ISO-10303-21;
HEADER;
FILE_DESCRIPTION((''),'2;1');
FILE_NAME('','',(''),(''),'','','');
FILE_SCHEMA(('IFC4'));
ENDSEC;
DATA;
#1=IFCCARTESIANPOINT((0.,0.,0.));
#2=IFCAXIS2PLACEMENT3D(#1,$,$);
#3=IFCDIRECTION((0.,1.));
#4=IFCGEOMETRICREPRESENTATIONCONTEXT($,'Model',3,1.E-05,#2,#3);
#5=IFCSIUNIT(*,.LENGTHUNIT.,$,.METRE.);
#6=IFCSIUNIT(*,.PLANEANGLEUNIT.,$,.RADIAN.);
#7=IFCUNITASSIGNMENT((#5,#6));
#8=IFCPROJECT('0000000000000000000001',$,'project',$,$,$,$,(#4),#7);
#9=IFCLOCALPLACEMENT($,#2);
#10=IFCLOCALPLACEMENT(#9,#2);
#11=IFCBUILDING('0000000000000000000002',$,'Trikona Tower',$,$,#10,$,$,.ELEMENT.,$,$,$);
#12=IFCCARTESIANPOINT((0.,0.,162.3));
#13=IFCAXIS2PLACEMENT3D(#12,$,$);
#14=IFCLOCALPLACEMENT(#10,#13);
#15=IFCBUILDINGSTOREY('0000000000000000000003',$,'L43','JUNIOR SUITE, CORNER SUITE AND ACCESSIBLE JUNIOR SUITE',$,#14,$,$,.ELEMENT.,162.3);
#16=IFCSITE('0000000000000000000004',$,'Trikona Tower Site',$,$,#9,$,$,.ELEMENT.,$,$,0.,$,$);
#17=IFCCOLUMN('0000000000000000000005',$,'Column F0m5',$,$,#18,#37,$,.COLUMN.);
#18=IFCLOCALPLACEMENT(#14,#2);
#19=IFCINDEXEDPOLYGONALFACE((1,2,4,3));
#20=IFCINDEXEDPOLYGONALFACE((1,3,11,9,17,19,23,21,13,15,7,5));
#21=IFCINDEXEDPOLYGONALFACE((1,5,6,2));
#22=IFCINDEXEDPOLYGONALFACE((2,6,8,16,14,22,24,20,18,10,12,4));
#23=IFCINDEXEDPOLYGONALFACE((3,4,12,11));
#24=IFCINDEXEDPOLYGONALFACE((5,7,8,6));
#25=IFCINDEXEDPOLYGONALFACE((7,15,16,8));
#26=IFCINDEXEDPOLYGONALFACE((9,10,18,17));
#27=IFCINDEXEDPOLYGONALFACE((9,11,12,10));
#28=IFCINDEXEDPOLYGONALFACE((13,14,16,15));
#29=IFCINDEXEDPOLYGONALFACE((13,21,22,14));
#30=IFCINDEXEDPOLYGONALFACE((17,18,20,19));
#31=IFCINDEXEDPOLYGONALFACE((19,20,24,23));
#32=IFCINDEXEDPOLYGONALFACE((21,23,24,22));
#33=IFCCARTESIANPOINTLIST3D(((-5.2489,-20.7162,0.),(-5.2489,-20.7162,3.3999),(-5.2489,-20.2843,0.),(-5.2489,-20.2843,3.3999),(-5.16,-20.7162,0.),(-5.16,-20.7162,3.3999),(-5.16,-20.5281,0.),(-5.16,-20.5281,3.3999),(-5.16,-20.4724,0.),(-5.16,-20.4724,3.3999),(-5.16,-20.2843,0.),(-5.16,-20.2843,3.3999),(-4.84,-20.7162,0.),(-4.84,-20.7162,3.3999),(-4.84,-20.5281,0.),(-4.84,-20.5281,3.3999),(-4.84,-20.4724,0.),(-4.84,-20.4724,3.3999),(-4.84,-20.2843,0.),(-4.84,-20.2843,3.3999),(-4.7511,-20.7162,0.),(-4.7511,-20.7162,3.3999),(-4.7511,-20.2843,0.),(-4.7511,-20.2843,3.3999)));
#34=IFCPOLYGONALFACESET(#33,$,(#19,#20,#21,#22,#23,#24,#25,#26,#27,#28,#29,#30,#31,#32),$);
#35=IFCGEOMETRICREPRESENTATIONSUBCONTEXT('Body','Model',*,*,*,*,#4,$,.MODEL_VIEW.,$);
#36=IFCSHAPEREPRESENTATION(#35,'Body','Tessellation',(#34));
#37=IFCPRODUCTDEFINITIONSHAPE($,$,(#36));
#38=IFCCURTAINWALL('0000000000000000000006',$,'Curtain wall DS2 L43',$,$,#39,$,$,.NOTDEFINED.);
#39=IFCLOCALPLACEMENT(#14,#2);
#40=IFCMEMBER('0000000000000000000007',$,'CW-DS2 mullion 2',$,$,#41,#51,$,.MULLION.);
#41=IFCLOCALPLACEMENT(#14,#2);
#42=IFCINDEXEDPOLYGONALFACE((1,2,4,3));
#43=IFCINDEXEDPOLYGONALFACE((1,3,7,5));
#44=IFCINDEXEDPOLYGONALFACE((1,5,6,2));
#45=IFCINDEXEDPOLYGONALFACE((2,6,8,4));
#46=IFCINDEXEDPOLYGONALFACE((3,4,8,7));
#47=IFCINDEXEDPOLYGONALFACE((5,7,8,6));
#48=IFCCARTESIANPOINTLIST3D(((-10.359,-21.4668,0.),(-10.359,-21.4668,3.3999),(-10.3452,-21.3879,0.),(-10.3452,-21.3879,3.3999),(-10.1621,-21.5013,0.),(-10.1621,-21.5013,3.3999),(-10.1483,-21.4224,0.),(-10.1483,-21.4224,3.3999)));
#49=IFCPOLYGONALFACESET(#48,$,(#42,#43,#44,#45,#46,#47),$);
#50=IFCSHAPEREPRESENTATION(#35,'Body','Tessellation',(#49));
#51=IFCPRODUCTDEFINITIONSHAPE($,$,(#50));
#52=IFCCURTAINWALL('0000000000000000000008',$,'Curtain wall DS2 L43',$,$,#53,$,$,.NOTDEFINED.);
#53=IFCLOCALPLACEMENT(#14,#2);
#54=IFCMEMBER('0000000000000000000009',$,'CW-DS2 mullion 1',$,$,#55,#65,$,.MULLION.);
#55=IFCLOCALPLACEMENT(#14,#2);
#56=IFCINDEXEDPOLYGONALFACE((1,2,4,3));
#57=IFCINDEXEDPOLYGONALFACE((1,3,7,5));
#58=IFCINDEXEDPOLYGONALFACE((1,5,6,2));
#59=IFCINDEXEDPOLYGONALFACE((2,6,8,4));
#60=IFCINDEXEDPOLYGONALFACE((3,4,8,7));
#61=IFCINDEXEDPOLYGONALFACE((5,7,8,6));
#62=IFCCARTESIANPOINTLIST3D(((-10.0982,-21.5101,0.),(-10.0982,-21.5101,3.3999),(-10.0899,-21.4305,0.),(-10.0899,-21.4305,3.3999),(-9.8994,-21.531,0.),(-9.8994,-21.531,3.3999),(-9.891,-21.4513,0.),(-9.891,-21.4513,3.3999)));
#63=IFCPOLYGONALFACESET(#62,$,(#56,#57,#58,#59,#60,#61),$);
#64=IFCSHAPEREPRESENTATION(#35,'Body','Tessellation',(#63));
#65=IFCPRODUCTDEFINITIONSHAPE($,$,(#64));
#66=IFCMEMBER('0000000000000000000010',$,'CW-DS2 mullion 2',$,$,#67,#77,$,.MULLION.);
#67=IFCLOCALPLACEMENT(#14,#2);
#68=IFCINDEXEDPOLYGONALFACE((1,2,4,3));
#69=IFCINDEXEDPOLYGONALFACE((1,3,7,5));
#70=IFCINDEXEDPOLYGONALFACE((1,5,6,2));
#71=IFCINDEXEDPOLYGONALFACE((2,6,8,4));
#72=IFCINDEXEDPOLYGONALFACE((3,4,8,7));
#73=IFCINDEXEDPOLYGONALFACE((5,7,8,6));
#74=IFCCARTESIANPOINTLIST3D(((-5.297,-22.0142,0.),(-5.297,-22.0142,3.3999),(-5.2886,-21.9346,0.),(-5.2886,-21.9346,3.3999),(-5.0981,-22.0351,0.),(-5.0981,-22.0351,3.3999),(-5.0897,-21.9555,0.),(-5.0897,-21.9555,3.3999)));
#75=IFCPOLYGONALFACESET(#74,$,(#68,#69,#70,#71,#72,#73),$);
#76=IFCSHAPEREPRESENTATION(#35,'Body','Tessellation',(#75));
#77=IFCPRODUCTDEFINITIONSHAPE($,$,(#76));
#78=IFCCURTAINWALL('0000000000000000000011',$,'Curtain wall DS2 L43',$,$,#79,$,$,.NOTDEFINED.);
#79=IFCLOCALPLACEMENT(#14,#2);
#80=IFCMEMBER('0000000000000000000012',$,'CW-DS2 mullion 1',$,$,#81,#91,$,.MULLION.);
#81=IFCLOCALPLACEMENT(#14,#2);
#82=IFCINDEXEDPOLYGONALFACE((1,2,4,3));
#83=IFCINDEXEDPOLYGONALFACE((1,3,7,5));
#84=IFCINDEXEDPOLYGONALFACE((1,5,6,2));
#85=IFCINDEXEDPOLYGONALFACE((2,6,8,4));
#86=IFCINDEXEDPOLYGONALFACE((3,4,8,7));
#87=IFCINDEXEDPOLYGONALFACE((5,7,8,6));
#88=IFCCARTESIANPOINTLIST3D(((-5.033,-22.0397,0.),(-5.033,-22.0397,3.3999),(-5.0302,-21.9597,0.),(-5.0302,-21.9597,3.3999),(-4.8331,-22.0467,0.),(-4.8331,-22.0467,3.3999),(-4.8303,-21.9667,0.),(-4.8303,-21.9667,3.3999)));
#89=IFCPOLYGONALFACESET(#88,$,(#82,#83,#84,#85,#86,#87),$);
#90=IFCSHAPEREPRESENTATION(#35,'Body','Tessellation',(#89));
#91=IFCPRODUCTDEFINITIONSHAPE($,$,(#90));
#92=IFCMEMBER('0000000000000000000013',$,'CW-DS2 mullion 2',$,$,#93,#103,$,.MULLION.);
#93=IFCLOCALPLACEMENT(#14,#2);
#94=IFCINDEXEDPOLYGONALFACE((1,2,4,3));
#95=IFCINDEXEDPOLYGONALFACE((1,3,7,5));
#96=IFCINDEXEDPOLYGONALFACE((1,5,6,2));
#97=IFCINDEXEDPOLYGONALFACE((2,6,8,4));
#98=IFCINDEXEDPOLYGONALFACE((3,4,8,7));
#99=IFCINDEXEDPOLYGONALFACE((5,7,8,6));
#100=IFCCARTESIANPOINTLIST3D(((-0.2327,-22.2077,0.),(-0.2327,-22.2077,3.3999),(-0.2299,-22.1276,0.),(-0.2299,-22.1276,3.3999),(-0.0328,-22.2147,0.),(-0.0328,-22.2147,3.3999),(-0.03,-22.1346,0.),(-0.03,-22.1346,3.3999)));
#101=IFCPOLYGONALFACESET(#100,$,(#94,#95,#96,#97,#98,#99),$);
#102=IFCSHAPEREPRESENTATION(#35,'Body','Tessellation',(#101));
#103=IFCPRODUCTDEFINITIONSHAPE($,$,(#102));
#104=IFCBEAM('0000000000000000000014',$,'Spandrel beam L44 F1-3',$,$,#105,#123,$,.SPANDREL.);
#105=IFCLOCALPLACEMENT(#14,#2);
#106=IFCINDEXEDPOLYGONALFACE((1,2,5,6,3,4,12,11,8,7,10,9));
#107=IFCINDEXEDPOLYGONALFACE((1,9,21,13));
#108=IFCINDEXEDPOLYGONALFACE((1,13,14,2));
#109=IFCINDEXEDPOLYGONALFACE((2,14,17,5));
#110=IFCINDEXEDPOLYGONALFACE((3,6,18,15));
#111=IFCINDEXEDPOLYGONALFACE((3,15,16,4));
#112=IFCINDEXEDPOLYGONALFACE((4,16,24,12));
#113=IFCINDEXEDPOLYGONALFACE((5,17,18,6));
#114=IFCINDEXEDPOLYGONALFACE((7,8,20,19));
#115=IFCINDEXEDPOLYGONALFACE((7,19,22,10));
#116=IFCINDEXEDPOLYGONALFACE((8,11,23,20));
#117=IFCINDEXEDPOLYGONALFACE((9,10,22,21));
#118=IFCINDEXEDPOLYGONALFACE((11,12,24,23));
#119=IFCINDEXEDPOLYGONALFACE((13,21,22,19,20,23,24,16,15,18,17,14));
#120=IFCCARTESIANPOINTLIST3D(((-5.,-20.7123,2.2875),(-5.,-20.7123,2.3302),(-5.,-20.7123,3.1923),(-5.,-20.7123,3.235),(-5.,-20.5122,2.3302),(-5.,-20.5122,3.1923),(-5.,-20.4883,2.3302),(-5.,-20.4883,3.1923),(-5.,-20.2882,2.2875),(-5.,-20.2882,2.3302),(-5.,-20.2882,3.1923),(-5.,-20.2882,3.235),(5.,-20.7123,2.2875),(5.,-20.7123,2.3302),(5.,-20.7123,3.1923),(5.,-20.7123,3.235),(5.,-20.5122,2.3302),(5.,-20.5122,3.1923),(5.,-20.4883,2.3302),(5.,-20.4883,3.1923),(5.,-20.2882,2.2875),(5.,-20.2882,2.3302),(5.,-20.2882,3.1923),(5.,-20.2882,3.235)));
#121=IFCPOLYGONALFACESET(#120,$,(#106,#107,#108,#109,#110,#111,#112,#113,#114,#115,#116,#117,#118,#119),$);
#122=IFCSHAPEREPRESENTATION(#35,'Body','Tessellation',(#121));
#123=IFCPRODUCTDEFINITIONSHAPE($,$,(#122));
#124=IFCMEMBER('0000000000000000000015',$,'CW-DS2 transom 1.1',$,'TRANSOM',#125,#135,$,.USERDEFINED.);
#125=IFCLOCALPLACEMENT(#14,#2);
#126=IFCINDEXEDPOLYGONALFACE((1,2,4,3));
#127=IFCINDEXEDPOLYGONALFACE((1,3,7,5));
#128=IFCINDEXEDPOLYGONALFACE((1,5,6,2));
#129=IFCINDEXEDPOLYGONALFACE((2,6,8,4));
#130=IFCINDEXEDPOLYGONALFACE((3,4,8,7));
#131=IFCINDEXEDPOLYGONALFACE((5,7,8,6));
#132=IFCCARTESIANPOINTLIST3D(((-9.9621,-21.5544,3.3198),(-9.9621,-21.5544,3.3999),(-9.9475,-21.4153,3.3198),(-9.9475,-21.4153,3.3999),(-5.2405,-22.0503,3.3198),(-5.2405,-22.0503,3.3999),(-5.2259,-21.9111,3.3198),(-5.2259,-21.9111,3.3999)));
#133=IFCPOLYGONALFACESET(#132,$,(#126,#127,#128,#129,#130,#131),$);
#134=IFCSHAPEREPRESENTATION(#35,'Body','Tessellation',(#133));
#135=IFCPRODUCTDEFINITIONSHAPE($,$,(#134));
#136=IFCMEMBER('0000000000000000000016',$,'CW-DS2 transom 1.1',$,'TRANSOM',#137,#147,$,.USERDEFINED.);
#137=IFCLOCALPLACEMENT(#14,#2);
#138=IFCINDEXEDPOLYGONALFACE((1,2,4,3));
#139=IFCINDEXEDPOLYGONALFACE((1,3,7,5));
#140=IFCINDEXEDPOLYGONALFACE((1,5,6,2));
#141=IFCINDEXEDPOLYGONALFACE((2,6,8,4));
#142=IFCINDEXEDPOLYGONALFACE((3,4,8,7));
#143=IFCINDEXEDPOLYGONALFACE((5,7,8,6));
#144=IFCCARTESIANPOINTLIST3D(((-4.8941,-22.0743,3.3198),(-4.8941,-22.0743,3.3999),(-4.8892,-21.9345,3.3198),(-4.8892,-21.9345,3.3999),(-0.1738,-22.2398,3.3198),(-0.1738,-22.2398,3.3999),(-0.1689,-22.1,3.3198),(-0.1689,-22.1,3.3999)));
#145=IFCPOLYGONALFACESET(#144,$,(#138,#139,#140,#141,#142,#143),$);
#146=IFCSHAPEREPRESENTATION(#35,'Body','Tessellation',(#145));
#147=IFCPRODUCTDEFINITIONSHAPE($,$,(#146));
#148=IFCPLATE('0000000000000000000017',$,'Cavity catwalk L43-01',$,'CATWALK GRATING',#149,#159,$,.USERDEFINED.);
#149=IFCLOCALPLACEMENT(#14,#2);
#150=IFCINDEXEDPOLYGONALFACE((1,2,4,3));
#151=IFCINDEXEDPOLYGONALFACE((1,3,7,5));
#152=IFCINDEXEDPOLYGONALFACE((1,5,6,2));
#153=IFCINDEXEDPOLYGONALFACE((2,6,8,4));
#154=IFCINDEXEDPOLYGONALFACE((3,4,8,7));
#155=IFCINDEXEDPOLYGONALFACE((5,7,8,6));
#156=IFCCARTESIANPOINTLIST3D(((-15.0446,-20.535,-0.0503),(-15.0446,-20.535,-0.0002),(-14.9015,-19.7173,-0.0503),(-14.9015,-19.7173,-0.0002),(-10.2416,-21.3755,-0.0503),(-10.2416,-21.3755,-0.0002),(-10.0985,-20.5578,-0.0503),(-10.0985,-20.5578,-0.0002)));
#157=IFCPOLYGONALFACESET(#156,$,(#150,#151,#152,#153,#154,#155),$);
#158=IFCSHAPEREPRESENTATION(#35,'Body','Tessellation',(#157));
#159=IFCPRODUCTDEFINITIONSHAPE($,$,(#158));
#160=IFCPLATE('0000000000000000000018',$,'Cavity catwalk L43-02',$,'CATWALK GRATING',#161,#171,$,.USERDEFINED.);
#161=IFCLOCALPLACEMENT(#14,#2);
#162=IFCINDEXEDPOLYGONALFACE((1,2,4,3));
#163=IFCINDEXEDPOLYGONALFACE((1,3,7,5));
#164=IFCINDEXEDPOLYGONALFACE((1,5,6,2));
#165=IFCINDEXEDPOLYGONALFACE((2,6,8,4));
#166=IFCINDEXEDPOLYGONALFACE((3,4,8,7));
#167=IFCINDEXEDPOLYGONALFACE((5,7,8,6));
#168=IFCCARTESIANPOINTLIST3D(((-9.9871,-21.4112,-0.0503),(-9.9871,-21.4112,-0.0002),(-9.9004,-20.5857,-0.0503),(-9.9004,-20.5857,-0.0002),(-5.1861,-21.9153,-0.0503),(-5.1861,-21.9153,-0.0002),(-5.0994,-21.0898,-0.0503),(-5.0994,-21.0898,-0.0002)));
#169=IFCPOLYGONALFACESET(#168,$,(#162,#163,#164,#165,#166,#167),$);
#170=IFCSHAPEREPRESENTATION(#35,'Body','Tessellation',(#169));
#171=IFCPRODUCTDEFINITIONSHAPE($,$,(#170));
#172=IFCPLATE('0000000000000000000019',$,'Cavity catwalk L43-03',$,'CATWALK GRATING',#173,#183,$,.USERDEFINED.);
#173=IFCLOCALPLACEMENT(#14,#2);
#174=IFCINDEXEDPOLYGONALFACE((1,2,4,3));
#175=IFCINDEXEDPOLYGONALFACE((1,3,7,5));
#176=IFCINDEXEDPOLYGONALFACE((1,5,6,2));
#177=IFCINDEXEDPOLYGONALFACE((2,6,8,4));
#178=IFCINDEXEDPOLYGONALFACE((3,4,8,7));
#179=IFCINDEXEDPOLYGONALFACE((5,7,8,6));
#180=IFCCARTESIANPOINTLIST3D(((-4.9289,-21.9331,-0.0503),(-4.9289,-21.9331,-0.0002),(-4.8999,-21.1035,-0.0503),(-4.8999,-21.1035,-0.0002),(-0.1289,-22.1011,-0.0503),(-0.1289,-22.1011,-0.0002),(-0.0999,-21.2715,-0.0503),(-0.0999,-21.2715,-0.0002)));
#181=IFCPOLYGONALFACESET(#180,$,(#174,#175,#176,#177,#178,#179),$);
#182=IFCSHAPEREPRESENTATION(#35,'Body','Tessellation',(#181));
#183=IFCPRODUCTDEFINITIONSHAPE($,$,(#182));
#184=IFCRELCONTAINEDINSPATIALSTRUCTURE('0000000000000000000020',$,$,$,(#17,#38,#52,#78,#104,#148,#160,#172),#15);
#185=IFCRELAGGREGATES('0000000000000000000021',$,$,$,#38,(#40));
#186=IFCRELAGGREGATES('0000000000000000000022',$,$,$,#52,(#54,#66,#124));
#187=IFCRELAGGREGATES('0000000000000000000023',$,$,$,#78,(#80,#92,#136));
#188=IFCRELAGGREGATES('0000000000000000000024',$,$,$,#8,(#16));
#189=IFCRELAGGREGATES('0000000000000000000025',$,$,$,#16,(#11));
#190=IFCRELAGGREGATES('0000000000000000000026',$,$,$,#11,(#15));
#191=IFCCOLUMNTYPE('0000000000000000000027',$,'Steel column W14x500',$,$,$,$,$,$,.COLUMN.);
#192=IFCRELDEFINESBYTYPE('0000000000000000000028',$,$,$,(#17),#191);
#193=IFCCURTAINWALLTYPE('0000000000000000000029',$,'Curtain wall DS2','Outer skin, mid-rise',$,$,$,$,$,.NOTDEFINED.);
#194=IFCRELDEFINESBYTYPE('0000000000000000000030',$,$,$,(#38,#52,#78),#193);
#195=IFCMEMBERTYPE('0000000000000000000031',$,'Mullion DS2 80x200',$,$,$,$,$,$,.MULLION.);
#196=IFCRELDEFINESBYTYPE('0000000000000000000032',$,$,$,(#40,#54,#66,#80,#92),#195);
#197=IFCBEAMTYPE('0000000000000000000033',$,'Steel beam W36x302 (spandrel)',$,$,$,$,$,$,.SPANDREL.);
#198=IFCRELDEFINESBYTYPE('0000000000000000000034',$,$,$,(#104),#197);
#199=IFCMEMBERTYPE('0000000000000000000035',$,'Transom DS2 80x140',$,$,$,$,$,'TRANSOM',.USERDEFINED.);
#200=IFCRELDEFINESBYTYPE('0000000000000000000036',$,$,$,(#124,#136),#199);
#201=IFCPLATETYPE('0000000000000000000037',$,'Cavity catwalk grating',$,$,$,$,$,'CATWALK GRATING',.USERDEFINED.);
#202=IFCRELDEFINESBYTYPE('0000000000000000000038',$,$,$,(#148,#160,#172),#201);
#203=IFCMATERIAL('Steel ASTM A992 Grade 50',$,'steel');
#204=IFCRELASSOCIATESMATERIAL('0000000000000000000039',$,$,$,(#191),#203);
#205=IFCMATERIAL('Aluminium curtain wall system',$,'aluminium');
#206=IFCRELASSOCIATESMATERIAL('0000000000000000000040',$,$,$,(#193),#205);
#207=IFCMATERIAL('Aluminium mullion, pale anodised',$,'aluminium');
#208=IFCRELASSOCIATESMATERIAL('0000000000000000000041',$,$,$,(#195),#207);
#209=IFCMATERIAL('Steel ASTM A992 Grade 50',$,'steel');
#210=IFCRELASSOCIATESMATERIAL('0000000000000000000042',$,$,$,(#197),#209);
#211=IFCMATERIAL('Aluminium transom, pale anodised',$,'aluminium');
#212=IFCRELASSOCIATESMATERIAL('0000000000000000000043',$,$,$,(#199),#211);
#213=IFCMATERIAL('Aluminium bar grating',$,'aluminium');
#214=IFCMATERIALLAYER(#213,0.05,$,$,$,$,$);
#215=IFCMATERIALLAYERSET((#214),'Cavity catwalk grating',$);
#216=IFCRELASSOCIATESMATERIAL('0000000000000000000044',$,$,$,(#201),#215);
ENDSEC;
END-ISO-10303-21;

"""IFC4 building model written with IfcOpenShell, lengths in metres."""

from ifc_helpers import new_model, si_unit, direction, frame, origin, origin_2d, place, context, subcontext, project, spatial, rectangle, i_section, extrude, material, layer, layer_set, material_profile, profile_set, type_object, element, aggregate, save


model = new_model("IFC4")

# Units and contexts
model_context = context("Model", 3, precision=1e-05, world=origin(), true_north=direction((0.0, 1.0)))
body_context = subcontext(model_context, "Body", "Model", "MODEL_VIEW")
ifc_project = project(units=[si_unit("LENGTHUNIT", "METRE"), si_unit("PLANEANGLEUNIT", "RADIAN")], contexts=[model_context])

# Site, building, storey
site_placement = place(None, origin())
site = spatial("IfcSite", under=ifc_project, at=site_placement, Name="Trikona Tower Site", CompositionType="ELEMENT", RefElevation=0.0)
building_placement = place(site_placement, origin())
building = spatial("IfcBuilding", under=site, at=building_placement, Name="Trikona Tower", CompositionType="ELEMENT")
storey_placement = place(building_placement, frame((0.0, 0.0, 162.3)))
storey = spatial("IfcBuildingStorey", under=building, at=storey_placement, Name="L43", Description="JUNIOR SUITE, CORNER SUITE AND ACCESSIBLE JUNIOR SUITE", CompositionType="ELEMENT", Elevation=162.3)

# Column
ifc_material_1 = material(Name="Steel ASTM A992 Grade 50", Category="steel")
ifc_material_profile_1 = material_profile(ifc_material_1, i_section(OverallWidth=0.4319, OverallDepth=0.4978, WebThickness=0.0557, FlangeThickness=0.0889, at=origin_2d()), Name="W14X500")
ifc_profile_set_1 = profile_set([ifc_material_profile_1], Name="Steel ASTM A992 Grade 50")
column_type = type_object("IfcColumnType", Name="Steel column W14x500", PredefinedType="COLUMN", material=ifc_profile_set_1)
column_placement = place(storey_placement, frame((-5.0, -20.5002, 0.0), z_axis=(0.0, 0.0, 1.0), x_axis=(0.0, -1.0, 0.0)))
element("IfcColumn", 1, at=column_placement, inside=storey, type_object=column_type, Name="Column F0m5", PredefinedType="COLUMN", context=body_context, shape_type="SweptSolid", body=[
    extrude(i_section(OverallWidth=0.4319, OverallDepth=0.4978, WebThickness=0.0557, FlangeThickness=0.0889, at=origin_2d()), origin(), (0.0, 0.0, 1.0), 3.3999),
])

# Curtain wall, member
ifc_material_2 = material(Name="Aluminium curtain wall system", Category="aluminium")
curtain_wall_type = type_object("IfcCurtainWallType", Name="Curtain wall DS2", Description="Outer skin, mid-rise", PredefinedType="NOTDEFINED", material=ifc_material_2)
curtain_wall_1_placement = place(storey_placement, origin())
curtain_wall_1 = element("IfcCurtainWall", 2, at=curtain_wall_1_placement, inside=storey, type_object=curtain_wall_type, Name="Curtain wall DS2 L43", PredefinedType="NOTDEFINED")
ifc_material_3 = material(Name="Aluminium mullion, pale anodised", Category="aluminium")
ifc_material_profile_2 = material_profile(ifc_material_3, rectangle(XDim=0.0801, YDim=0.2, at=origin_2d()), Name="MUL-DS2")
ifc_profile_set_2 = profile_set([ifc_material_profile_2], Name="Aluminium mullion, pale anodised")
member_type_1 = type_object("IfcMemberType", Name="Mullion DS2 80x200", PredefinedType="MULLION", material=ifc_profile_set_2)
member_1_placement = place(storey_placement, frame((-10.2537, -21.4446, 0.0), z_axis=(0.0, 0.0, 1.0), x_axis=(0.172377, 0.985031, 0.0)))
member_1 = element("IfcMember", 3, at=member_1_placement, type_object=member_type_1, Name="CW-DS2 mullion 2", PredefinedType="MULLION", context=body_context, shape_type="SweptSolid", body=[
    extrude(rectangle(XDim=0.0801, YDim=0.2, at=origin_2d()), origin(), (0.0, 0.0, 1.0), 3.3999),
])

# Curtain walls, members
curtain_wall_2_placement = place(storey_placement, origin())
curtain_wall_2 = element("IfcCurtainWall", 4, at=curtain_wall_2_placement, inside=storey, type_object=curtain_wall_type, Name="Curtain wall DS2 L43", PredefinedType="NOTDEFINED")
member_2_placement = place(storey_placement, frame((-9.9946, -21.4807, 0.0), z_axis=(0.0, 0.0, 1.0), x_axis=(0.104433, 0.994532, 0.0)))
member_2 = element("IfcMember", 5, at=member_2_placement, type_object=member_type_1, Name="CW-DS2 mullion 1", PredefinedType="MULLION", context=body_context, shape_type="SweptSolid", body=[
    extrude(rectangle(XDim=0.0801, YDim=0.2, at=origin_2d()), origin(), (0.0, 0.0, 1.0), 3.3999),
])
member_3_placement = place(storey_placement, frame((-5.1934, -21.9849, 0.0), z_axis=(0.0, 0.0, 1.0), x_axis=(0.104433, 0.994532, 0.0)))
member_3 = element("IfcMember", 6, at=member_3_placement, type_object=member_type_1, Name="CW-DS2 mullion 2", PredefinedType="MULLION", context=body_context, shape_type="SweptSolid", body=[
    extrude(rectangle(XDim=0.0801, YDim=0.2, at=origin_2d()), origin(), (0.0, 0.0, 1.0), 3.3999),
])
curtain_wall_3_placement = place(storey_placement, origin())
curtain_wall_3 = element("IfcCurtainWall", 7, at=curtain_wall_3_placement, inside=storey, type_object=curtain_wall_type, Name="Curtain wall DS2 L43", PredefinedType="NOTDEFINED")
member_4_placement = place(storey_placement, frame((-4.9316, -22.0032, 0.0), z_axis=(0.0, 0.0, 1.0), x_axis=(0.034998, 0.999387, 0.0)))
member_4 = element("IfcMember", 8, at=member_4_placement, type_object=member_type_1, Name="CW-DS2 mullion 1", PredefinedType="MULLION", context=body_context, shape_type="SweptSolid", body=[
    extrude(rectangle(XDim=0.0801, YDim=0.2, at=origin_2d()), origin(), (0.0, 0.0, 1.0), 3.3999),
])
member_5_placement = place(storey_placement, frame((-0.1313, -22.1711, 0.0), z_axis=(0.0, 0.0, 1.0), x_axis=(0.034998, 0.999387, 0.0)))
member_5 = element("IfcMember", 9, at=member_5_placement, type_object=member_type_1, Name="CW-DS2 mullion 2", PredefinedType="MULLION", context=body_context, shape_type="SweptSolid", body=[
    extrude(rectangle(XDim=0.0801, YDim=0.2, at=origin_2d()), origin(), (0.0, 0.0, 1.0), 3.3999),
])

# Beam
ifc_material_4 = material(Name="Steel ASTM A992 Grade 50", Category="steel")
ifc_material_profile_3 = material_profile(ifc_material_4, i_section(OverallWidth=0.4241, OverallDepth=0.9475, WebThickness=0.0239, FlangeThickness=0.0427, at=origin_2d()), Name="W36X302")
ifc_profile_set_3 = profile_set([ifc_material_profile_3], Name="Steel ASTM A992 Grade 50")
beam_type = type_object("IfcBeamType", Name="Steel beam W36x302 (spandrel)", PredefinedType="SPANDREL", material=ifc_profile_set_3)
beam_placement = place(storey_placement, frame((-5.0, -20.5002, 2.7612), z_axis=(1.0, 0.0, 0.0), x_axis=(0.0, 1.0, 0.0)))
element("IfcBeam", 10, at=beam_placement, inside=storey, type_object=beam_type, Name="Spandrel beam L44 F1-3", PredefinedType="SPANDREL", context=body_context, shape_type="SweptSolid", body=[
    extrude(i_section(OverallWidth=0.4241, OverallDepth=0.9475, WebThickness=0.0239, FlangeThickness=0.0427, at=origin_2d()), origin(), (0.0, 0.0, 1.0), 10.0),
])

# Members
ifc_material_5 = material(Name="Aluminium transom, pale anodised", Category="aluminium")
ifc_material_profile_4 = material_profile(ifc_material_5, rectangle(XDim=0.1399, YDim=0.0801, at=origin_2d()), Name="TRN-DS2")
ifc_profile_set_4 = profile_set([ifc_material_profile_4], Name="Aluminium transom, pale anodised")
member_type_2 = type_object("IfcMemberType", Name="Transom DS2 80x140", ElementType="TRANSOM", PredefinedType="USERDEFINED", material=ifc_profile_set_4)
member_6_placement = place(storey_placement, frame((-9.9548, -21.4849, 3.3599), z_axis=(0.994531, -0.104441, 0.0), x_axis=(0.104441, 0.994531, 0.0)))
member_6 = element("IfcMember", 11, at=member_6_placement, type_object=member_type_2, Name="CW-DS2 transom 1.1", ObjectType="TRANSOM", PredefinedType="USERDEFINED", context=body_context, shape_type="SweptSolid", body=[
    extrude(rectangle(XDim=0.1399, YDim=0.0801, at=origin_2d()), origin(), (0.0, 0.0, 1.0), 4.7476),
])
member_7_placement = place(storey_placement, frame((-4.8916, -22.0044, 3.3599), z_axis=(0.999386, -0.035046, 0.0), x_axis=(0.035046, 0.999386, 0.0)))
member_7 = element("IfcMember", 12, at=member_7_placement, type_object=member_type_2, Name="CW-DS2 transom 1.1", ObjectType="TRANSOM", PredefinedType="USERDEFINED", context=body_context, shape_type="SweptSolid", body=[
    extrude(rectangle(XDim=0.1399, YDim=0.0801, at=origin_2d()), origin(), (0.0, 0.0, 1.0), 4.7231),
])

# Plates
ifc_material_6 = material(Name="Aluminium bar grating", Category="aluminium")
ifc_layer_1 = layer(ifc_material_6, 0.05)
ifc_layer_set_1 = layer_set([ifc_layer_1], Name="Cavity catwalk grating")
plate_type_1 = type_object("IfcPlateType", Name="Cavity catwalk grating", ElementType="CATWALK GRATING", PredefinedType="USERDEFINED", material=ifc_layer_set_1)
plate_1_placement = place(storey_placement, frame((-12.5715, -20.5464, -0.0503), z_axis=(0.0, 0.0, 1.0), x_axis=(0.985031, -0.17238, 0.0)))
element("IfcPlate", 13, at=plate_1_placement, inside=storey, type_object=plate_type_1, Name="Cavity catwalk L43-01", ObjectType="CATWALK GRATING", PredefinedType="USERDEFINED", context=body_context, shape_type="SweptSolid", body=[
    extrude(rectangle(XDim=4.876, YDim=0.8301, at=origin_2d()), origin(), (0.0, 0.0, 1.0), 0.05),
])
plate_2_placement = place(storey_placement, frame((-7.5432, -21.2505, -0.0503), z_axis=(0.0, 0.0, 1.0), x_axis=(0.994533, -0.104426, 0.0)))
element("IfcPlate", 14, at=plate_2_placement, inside=storey, type_object=plate_type_1, Name="Cavity catwalk L43-02", ObjectType="CATWALK GRATING", PredefinedType="USERDEFINED", context=body_context, shape_type="SweptSolid", body=[
    extrude(rectangle(XDim=4.8274, YDim=0.8301, at=origin_2d()), origin(), (0.0, 0.0, 1.0), 0.05),
])
plate_3_placement = place(storey_placement, frame((-2.5144, -21.6023, -0.0503), z_axis=(0.0, 0.0, 1.0), x_axis=(0.999388, -0.034978, 0.0)))
element("IfcPlate", 15, at=plate_3_placement, inside=storey, type_object=plate_type_1, Name="Cavity catwalk L43-03", ObjectType="CATWALK GRATING", PredefinedType="USERDEFINED", context=body_context, shape_type="SweptSolid", body=[
    extrude(rectangle(XDim=4.803, YDim=0.8301, at=origin_2d()), origin(), (0.0, 0.0, 1.0), 0.05),
])

aggregate(curtain_wall_1, [member_1])
aggregate(curtain_wall_2, [member_2, member_3, member_6])
aggregate(curtain_wall_3, [member_4, member_5, member_7])

save(model, "model.ifc")
